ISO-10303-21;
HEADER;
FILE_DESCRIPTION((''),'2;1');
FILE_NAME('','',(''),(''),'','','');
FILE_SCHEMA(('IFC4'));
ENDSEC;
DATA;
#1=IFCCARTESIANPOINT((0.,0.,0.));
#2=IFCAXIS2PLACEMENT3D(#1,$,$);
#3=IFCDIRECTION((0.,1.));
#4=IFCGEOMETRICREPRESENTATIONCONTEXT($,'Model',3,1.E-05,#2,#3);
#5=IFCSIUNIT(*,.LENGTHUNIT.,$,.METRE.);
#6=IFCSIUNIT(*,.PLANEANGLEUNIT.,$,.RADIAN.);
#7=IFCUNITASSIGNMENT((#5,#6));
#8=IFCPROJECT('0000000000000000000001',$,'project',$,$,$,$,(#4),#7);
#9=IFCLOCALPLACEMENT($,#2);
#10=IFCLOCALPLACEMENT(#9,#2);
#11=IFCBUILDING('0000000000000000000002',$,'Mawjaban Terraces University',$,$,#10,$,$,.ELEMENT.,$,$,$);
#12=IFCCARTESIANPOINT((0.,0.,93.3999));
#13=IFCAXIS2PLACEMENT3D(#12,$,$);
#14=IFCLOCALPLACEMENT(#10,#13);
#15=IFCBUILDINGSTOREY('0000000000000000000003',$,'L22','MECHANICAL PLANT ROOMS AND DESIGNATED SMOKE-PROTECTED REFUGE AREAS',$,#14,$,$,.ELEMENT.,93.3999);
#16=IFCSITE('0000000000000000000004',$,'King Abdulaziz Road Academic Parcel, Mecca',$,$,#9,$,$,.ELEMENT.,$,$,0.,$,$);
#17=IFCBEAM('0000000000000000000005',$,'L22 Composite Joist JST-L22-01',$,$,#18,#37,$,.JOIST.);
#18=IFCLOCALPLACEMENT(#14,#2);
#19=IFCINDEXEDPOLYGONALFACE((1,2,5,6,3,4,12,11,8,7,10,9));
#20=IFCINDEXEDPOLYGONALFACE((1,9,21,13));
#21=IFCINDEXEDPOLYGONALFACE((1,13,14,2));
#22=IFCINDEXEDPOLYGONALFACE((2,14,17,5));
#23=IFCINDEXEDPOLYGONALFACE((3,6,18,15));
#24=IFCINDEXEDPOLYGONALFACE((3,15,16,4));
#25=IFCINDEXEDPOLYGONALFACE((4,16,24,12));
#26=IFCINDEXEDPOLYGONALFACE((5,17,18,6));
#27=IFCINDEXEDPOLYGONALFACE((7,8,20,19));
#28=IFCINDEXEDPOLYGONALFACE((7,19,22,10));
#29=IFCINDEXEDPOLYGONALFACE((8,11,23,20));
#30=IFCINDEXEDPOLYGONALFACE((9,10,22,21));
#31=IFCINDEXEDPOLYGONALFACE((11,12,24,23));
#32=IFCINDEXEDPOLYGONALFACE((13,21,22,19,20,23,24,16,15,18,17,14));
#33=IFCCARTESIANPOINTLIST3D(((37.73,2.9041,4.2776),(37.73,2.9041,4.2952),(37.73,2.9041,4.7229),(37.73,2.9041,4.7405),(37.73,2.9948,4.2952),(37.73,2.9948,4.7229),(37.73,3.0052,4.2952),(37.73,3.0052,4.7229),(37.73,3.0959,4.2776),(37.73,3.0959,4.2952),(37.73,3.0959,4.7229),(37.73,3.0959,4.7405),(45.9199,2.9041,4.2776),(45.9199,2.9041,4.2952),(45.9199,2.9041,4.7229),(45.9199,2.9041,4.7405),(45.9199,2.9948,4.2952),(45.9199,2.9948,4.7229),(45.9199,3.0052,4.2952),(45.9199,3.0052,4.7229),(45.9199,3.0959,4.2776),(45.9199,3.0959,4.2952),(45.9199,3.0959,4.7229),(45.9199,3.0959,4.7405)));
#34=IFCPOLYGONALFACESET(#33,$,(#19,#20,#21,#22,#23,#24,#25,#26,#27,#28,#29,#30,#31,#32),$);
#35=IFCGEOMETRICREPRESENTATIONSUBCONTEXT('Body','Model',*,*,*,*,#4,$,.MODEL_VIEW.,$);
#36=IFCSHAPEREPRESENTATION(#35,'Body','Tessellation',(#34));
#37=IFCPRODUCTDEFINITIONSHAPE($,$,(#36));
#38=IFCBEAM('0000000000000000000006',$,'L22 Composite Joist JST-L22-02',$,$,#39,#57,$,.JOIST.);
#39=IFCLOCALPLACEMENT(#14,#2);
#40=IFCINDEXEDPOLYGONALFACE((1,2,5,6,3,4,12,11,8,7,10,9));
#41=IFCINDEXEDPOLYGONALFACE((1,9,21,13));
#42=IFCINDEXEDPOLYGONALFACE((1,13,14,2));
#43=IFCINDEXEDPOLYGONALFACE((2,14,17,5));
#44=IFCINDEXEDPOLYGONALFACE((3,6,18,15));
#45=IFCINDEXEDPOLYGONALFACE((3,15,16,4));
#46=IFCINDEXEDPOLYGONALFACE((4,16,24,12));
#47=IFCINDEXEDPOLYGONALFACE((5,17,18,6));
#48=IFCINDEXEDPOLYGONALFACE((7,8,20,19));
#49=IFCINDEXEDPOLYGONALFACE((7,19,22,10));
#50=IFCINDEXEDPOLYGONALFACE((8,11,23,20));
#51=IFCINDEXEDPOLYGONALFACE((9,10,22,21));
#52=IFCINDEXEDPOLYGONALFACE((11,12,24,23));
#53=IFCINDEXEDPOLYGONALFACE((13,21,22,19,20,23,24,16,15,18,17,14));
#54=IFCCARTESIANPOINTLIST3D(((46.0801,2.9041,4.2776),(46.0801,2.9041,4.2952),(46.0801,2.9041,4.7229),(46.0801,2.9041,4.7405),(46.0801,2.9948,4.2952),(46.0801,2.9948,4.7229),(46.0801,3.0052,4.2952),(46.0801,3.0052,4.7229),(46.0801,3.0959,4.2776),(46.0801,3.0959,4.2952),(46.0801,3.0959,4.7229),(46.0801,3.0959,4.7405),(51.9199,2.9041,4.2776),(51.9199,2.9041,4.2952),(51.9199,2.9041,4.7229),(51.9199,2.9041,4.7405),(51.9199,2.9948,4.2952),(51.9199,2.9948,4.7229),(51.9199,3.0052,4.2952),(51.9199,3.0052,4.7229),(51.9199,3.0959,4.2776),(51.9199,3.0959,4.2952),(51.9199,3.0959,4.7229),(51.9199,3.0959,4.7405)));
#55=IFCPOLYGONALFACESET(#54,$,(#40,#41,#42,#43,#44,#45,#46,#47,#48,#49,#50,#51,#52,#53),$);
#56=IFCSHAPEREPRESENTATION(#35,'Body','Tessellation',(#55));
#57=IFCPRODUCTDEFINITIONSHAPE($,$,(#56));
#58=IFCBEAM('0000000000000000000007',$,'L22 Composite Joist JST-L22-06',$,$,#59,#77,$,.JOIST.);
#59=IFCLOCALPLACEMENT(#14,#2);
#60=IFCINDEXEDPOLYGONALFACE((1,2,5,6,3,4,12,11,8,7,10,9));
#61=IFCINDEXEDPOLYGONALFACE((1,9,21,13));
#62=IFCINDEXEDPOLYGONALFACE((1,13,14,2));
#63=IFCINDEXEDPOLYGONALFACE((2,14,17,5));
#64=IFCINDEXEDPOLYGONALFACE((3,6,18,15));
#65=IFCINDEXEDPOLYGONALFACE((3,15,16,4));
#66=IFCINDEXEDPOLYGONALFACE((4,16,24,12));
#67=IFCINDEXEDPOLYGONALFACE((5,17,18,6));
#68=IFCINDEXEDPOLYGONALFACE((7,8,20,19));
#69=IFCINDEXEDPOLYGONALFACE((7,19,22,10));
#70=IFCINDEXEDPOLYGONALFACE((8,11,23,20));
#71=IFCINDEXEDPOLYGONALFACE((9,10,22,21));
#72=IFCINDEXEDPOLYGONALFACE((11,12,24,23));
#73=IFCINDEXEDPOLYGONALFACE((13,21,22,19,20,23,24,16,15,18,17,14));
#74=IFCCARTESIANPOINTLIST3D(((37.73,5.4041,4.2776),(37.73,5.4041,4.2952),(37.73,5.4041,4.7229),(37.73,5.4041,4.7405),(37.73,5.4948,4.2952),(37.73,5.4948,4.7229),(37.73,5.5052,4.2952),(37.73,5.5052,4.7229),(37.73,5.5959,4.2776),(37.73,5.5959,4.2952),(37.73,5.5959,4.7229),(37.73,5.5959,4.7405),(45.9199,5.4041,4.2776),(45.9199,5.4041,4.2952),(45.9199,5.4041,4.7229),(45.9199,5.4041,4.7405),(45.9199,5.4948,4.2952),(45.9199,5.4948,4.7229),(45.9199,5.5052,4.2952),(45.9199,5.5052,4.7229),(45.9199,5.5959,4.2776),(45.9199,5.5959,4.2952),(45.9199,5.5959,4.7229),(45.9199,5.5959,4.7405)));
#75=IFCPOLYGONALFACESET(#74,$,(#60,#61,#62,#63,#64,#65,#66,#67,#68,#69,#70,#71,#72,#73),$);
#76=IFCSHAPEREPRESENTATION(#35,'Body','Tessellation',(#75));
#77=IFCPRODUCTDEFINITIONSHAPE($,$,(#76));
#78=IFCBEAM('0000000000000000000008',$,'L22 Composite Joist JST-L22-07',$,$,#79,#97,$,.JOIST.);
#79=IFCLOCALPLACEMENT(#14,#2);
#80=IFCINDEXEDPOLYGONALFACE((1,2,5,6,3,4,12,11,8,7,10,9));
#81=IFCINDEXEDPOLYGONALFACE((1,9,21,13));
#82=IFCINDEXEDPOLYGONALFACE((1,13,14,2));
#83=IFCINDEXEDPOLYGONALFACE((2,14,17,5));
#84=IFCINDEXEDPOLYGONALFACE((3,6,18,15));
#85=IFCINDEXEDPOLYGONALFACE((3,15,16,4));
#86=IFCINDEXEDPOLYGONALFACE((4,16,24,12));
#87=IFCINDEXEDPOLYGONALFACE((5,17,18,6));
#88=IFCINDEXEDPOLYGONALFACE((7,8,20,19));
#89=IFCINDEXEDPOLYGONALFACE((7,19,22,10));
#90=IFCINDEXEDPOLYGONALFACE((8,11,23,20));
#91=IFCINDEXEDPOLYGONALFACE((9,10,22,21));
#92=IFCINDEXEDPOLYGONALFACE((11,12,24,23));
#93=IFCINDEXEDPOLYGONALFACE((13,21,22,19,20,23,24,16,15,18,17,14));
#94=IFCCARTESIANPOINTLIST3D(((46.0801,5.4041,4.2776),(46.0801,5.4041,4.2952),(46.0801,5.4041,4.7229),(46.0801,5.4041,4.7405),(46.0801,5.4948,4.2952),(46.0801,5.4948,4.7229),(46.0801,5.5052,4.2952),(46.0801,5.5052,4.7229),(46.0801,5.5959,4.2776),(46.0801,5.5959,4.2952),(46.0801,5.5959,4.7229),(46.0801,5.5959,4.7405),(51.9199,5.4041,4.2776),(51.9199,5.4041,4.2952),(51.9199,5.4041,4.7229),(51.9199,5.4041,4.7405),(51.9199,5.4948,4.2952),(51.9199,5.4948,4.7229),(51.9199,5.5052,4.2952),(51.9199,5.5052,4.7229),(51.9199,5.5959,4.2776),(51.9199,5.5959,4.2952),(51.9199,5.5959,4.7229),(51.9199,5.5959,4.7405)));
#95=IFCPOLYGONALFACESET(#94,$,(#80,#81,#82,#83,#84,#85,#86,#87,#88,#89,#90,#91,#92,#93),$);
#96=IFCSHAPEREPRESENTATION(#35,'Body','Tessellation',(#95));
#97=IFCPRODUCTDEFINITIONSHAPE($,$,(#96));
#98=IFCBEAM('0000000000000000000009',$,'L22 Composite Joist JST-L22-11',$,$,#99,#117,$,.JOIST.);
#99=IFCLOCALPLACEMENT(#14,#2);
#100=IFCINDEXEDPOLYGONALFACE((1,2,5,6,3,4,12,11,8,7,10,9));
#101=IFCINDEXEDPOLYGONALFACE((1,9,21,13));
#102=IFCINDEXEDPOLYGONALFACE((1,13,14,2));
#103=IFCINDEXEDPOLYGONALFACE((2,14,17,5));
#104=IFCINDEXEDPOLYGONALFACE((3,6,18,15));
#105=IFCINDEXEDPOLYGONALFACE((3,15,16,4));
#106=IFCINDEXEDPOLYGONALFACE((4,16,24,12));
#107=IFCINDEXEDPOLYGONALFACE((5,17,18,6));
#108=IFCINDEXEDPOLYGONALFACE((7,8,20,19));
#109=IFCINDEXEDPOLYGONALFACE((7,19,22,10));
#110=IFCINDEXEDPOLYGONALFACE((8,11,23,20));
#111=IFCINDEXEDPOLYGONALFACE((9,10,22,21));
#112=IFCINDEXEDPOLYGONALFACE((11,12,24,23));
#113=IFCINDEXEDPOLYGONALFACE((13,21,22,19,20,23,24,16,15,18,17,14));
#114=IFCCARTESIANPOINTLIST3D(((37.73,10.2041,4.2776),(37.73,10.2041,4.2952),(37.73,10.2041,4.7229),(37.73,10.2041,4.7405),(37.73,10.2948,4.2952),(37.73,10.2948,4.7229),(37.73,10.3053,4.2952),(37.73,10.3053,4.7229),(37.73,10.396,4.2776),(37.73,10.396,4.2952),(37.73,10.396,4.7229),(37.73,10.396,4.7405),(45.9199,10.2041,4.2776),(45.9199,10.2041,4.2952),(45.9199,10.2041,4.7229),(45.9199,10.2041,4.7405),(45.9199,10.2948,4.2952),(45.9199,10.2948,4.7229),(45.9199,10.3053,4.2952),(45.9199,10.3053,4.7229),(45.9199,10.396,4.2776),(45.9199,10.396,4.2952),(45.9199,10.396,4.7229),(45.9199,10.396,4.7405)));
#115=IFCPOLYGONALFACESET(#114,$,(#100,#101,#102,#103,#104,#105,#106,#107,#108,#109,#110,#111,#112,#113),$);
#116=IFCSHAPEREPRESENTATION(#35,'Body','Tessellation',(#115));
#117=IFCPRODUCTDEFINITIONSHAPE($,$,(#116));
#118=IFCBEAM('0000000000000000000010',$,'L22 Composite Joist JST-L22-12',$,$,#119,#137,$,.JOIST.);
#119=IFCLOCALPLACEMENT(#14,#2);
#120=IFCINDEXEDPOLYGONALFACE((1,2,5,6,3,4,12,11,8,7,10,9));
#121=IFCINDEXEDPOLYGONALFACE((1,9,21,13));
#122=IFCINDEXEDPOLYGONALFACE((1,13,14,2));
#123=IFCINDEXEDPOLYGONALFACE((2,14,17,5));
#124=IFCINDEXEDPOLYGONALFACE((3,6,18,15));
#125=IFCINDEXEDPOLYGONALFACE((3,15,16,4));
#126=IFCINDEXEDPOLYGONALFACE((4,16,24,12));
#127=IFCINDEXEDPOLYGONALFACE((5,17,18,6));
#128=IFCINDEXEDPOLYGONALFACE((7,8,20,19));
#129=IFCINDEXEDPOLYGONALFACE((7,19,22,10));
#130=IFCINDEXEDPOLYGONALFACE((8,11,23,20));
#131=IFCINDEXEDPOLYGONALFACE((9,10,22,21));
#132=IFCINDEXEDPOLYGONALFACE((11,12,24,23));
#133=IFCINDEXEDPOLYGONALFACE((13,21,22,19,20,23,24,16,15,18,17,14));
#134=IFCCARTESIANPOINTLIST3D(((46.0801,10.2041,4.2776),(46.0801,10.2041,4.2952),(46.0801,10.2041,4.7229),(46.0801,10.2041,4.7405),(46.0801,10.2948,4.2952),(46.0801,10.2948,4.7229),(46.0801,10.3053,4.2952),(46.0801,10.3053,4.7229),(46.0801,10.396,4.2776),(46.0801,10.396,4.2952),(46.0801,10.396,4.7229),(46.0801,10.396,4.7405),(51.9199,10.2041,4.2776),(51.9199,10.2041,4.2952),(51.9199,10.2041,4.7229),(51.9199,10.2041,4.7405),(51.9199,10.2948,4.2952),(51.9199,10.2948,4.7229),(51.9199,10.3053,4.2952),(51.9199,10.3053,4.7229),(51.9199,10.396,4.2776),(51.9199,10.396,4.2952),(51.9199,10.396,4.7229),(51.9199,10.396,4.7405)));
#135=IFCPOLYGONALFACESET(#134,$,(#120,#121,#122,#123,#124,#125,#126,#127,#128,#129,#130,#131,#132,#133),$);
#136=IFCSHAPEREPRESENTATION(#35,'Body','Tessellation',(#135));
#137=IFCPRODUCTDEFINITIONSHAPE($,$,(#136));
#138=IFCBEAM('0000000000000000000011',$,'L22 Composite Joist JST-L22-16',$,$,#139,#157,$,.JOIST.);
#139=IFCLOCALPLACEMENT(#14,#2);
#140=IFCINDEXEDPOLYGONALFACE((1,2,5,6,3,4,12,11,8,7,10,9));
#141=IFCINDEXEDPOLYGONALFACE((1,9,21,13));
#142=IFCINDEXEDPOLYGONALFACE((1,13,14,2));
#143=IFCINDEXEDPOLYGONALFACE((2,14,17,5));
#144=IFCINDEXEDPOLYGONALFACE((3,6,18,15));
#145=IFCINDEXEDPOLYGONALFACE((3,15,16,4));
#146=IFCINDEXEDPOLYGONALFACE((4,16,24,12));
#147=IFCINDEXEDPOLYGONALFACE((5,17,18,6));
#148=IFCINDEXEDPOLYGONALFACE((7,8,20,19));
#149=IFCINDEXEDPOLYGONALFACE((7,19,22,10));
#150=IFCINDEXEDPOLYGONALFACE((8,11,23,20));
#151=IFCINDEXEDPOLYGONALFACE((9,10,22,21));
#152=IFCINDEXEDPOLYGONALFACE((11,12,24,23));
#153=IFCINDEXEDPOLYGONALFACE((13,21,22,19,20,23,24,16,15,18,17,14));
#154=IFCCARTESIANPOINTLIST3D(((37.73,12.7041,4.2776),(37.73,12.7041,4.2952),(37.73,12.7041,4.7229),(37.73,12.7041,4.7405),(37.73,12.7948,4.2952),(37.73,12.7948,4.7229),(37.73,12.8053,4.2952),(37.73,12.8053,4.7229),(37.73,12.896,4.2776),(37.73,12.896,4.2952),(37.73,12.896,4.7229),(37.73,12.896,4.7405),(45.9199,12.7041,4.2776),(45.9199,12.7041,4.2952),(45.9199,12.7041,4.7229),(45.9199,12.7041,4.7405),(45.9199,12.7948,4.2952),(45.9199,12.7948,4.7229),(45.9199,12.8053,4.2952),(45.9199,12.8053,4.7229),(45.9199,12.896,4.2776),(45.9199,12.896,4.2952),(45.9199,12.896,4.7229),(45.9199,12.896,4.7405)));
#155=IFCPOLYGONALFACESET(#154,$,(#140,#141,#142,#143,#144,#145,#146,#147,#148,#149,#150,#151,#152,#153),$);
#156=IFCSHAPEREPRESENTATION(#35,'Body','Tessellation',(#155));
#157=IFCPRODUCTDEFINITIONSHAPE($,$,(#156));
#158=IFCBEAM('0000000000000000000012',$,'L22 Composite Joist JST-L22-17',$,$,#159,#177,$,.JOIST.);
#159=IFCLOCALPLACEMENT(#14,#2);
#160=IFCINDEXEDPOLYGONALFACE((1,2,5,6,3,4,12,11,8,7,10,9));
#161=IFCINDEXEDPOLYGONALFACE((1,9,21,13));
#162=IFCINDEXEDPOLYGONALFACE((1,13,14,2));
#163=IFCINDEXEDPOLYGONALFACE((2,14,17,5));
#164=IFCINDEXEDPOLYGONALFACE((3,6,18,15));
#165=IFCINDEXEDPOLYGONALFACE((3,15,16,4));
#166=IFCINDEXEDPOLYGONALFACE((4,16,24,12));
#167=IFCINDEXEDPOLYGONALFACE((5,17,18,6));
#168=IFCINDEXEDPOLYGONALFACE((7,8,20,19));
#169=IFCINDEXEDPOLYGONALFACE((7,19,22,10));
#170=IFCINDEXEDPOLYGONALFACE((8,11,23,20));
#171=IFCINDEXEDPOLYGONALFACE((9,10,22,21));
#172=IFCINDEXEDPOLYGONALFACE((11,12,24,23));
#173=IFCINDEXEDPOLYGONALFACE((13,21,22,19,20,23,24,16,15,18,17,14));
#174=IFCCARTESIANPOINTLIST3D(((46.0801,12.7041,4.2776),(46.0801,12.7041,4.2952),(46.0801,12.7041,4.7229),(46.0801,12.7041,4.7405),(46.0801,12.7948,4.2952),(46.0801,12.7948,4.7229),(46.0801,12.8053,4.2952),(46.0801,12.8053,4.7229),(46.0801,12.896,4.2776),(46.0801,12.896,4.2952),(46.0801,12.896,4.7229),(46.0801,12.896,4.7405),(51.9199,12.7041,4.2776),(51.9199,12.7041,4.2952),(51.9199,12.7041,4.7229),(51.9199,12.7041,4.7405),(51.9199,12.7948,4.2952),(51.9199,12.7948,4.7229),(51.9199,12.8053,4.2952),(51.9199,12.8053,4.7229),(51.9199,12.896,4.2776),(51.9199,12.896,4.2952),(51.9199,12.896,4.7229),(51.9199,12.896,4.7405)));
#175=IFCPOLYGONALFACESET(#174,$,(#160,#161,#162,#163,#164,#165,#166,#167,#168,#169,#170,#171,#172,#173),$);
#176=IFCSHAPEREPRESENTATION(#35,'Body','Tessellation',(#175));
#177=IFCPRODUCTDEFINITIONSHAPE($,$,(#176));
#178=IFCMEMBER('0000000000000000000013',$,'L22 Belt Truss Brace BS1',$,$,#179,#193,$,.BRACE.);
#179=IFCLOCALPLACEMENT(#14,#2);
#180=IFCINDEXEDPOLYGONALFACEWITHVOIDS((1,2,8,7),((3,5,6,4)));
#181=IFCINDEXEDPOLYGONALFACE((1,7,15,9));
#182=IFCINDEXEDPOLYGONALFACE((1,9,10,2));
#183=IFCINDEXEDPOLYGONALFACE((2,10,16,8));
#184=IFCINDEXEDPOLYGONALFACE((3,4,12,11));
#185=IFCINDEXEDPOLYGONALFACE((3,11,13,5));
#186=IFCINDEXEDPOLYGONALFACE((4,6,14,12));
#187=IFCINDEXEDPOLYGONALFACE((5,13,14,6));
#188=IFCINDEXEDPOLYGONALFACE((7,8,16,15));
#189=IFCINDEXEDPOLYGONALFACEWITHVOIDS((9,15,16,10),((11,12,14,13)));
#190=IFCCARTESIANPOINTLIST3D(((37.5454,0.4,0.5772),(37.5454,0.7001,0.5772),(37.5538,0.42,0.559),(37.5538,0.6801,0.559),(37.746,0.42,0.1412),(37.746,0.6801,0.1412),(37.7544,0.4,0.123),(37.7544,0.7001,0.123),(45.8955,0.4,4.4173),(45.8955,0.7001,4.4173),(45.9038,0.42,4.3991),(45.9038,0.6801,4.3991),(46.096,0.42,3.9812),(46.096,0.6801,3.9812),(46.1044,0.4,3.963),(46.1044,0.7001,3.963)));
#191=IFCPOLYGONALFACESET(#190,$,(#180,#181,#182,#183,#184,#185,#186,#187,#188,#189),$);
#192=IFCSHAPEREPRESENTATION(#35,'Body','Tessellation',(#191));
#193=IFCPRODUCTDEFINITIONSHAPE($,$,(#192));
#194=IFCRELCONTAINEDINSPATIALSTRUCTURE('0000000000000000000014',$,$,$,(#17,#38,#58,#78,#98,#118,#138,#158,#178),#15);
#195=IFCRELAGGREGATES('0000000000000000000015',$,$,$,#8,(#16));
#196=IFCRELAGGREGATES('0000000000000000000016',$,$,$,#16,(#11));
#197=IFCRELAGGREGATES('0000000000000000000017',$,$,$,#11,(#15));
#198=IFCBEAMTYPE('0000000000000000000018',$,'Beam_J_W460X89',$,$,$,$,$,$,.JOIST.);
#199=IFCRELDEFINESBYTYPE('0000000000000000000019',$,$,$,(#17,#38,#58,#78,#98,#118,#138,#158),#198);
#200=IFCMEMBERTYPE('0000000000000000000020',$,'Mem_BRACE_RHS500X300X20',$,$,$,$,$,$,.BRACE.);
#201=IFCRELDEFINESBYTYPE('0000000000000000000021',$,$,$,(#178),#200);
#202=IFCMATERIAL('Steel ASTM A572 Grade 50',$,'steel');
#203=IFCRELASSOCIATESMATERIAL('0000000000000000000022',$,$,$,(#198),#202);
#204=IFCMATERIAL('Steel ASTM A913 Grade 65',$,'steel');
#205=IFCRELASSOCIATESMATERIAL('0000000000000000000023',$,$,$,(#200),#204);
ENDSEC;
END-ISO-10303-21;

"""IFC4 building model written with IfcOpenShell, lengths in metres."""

from ifc_helpers import new_model, si_unit, direction, frame, origin, origin_2d, place, context, subcontext, project, spatial, hollow_rectangle, i_section, extrude, material, material_profile, profile_set, type_object, element, save


model = new_model("IFC4")

# Units and contexts
model_context = context("Model", 3, precision=1e-05, world=origin(), true_north=direction((0.0, 1.0)))
body_context = subcontext(model_context, "Body", "Model", "MODEL_VIEW")
ifc_project = project(units=[si_unit("LENGTHUNIT", "METRE"), si_unit("PLANEANGLEUNIT", "RADIAN")], contexts=[model_context])

# Site, building, storey
site_placement = place(None, origin())
site = spatial("IfcSite", under=ifc_project, at=site_placement, Name="King Abdulaziz Road Academic Parcel, Mecca", CompositionType="ELEMENT", RefElevation=0.0)
building_placement = place(site_placement, origin())
building = spatial("IfcBuilding", under=site, at=building_placement, Name="Mawjaban Terraces University", CompositionType="ELEMENT")
storey_placement = place(building_placement, frame((0.0, 0.0, 93.3999)))
storey = spatial("IfcBuildingStorey", under=building, at=storey_placement, Name="L22", Description="MECHANICAL PLANT ROOMS AND DESIGNATED SMOKE-PROTECTED REFUGE AREAS", CompositionType="ELEMENT", Elevation=93.3999)

# Beams
ifc_material_1 = material(Name="Steel ASTM A572 Grade 50", Category="steel")
ifc_material_profile_1 = material_profile(ifc_material_1, i_section(OverallWidth=0.1919, OverallDepth=0.4629, WebThickness=0.0105, FlangeThickness=0.0176, at=origin_2d()), Name="W460X89")
ifc_profile_set_1 = profile_set([ifc_material_profile_1], Name="Steel ASTM A572 Grade 50")
beam_type_1 = type_object("IfcBeamType", Name="Beam_J_W460X89", PredefinedType="JOIST", material=ifc_profile_set_1)
beam_1_placement = place(storey_placement, frame((37.73, 3.0, 4.509), z_axis=(1.0, 0.0, 0.0), x_axis=(0.0, 1.0, 0.0)))
element("IfcBeam", 1, at=beam_1_placement, inside=storey, type_object=beam_type_1, Name="L22 Composite Joist JST-L22-01", PredefinedType="JOIST", context=body_context, shape_type="SweptSolid", body=[
    extrude(i_section(OverallWidth=0.1919, OverallDepth=0.4629, WebThickness=0.0105, FlangeThickness=0.0176, at=origin_2d()), origin(), (0.0, 0.0, 1.0), 8.1899),
])
beam_2_placement = place(storey_placement, frame((46.0801, 3.0, 4.509), z_axis=(1.0, 0.0, 0.0), x_axis=(0.0, 1.0, 0.0)))
element("IfcBeam", 2, at=beam_2_placement, inside=storey, type_object=beam_type_1, Name="L22 Composite Joist JST-L22-02", PredefinedType="JOIST", context=body_context, shape_type="SweptSolid", body=[
    extrude(i_section(OverallWidth=0.1919, OverallDepth=0.4629, WebThickness=0.0105, FlangeThickness=0.0176, at=origin_2d()), origin(), (0.0, 0.0, 1.0), 5.8398),
])
beam_3_placement = place(storey_placement, frame((37.73, 5.5, 4.509), z_axis=(1.0, 0.0, 0.0), x_axis=(0.0, 1.0, 0.0)))
element("IfcBeam", 3, at=beam_3_placement, inside=storey, type_object=beam_type_1, Name="L22 Composite Joist JST-L22-06", PredefinedType="JOIST", context=body_context, shape_type="SweptSolid", body=[
    extrude(i_section(OverallWidth=0.1919, OverallDepth=0.4629, WebThickness=0.0105, FlangeThickness=0.0176, at=origin_2d()), origin(), (0.0, 0.0, 1.0), 8.1899),
])
beam_4_placement = place(storey_placement, frame((46.0801, 5.5, 4.509), z_axis=(1.0, 0.0, 0.0), x_axis=(0.0, 1.0, 0.0)))
element("IfcBeam", 4, at=beam_4_placement, inside=storey, type_object=beam_type_1, Name="L22 Composite Joist JST-L22-07", PredefinedType="JOIST", context=body_context, shape_type="SweptSolid", body=[
    extrude(i_section(OverallWidth=0.1919, OverallDepth=0.4629, WebThickness=0.0105, FlangeThickness=0.0176, at=origin_2d()), origin(), (0.0, 0.0, 1.0), 5.8398),
])
beam_5_placement = place(storey_placement, frame((37.73, 10.3, 4.509), z_axis=(1.0, 0.0, 0.0), x_axis=(0.0, 1.0, 0.0)))
element("IfcBeam", 5, at=beam_5_placement, inside=storey, type_object=beam_type_1, Name="L22 Composite Joist JST-L22-11", PredefinedType="JOIST", context=body_context, shape_type="SweptSolid", body=[
    extrude(i_section(OverallWidth=0.1919, OverallDepth=0.4629, WebThickness=0.0105, FlangeThickness=0.0176, at=origin_2d()), origin(), (0.0, 0.0, 1.0), 8.1899),
])
beam_6_placement = place(storey_placement, frame((46.0801, 10.3, 4.509), z_axis=(1.0, 0.0, 0.0), x_axis=(0.0, 1.0, 0.0)))
element("IfcBeam", 6, at=beam_6_placement, inside=storey, type_object=beam_type_1, Name="L22 Composite Joist JST-L22-12", PredefinedType="JOIST", context=body_context, shape_type="SweptSolid", body=[
    extrude(i_section(OverallWidth=0.1919, OverallDepth=0.4629, WebThickness=0.0105, FlangeThickness=0.0176, at=origin_2d()), origin(), (0.0, 0.0, 1.0), 5.8398),
])
beam_7_placement = place(storey_placement, frame((37.73, 12.8, 4.509), z_axis=(1.0, 0.0, 0.0), x_axis=(0.0, 1.0, 0.0)))
element("IfcBeam", 7, at=beam_7_placement, inside=storey, type_object=beam_type_1, Name="L22 Composite Joist JST-L22-16", PredefinedType="JOIST", context=body_context, shape_type="SweptSolid", body=[
    extrude(i_section(OverallWidth=0.1919, OverallDepth=0.4629, WebThickness=0.0105, FlangeThickness=0.0176, at=origin_2d()), origin(), (0.0, 0.0, 1.0), 8.1899),
])
beam_8_placement = place(storey_placement, frame((46.0801, 12.8, 4.509), z_axis=(1.0, 0.0, 0.0), x_axis=(0.0, 1.0, 0.0)))
element("IfcBeam", 8, at=beam_8_placement, inside=storey, type_object=beam_type_1, Name="L22 Composite Joist JST-L22-17", PredefinedType="JOIST", context=body_context, shape_type="SweptSolid", body=[
    extrude(i_section(OverallWidth=0.1919, OverallDepth=0.4629, WebThickness=0.0105, FlangeThickness=0.0176, at=origin_2d()), origin(), (0.0, 0.0, 1.0), 5.8398),
])

# Member
ifc_material_2 = material(Name="Steel ASTM A913 Grade 65", Category="steel")
ifc_material_profile_2 = material_profile(ifc_material_2, hollow_rectangle(XDim=0.3, YDim=0.5, WallThickness=0.02, at=origin_2d()), Name="RHS500X300X20")
ifc_profile_set_2 = profile_set([ifc_material_profile_2], Name="Steel ASTM A913 Grade 65")
member_type_1 = type_object("IfcMemberType", Name="Mem_BRACE_RHS500X300X20", PredefinedType="BRACE", material=ifc_profile_set_2)
member_1_placement = place(storey_placement, frame((37.6499, 0.55, 0.3501), z_axis=(0.90853, 0.0, 0.41782), x_axis=(0.0, 1.0, 0.0)))
element("IfcMember", 9, at=member_1_placement, inside=storey, type_object=member_type_1, Name="L22 Belt Truss Brace BS1", PredefinedType="BRACE", context=body_context, shape_type="SweptSolid", body=[
    extrude(hollow_rectangle(XDim=0.3, YDim=0.5, WallThickness=0.02, at=origin_2d()), origin(), (0.0, 0.0, 1.0), 9.1907),
])

save(model, "model.ifc")
